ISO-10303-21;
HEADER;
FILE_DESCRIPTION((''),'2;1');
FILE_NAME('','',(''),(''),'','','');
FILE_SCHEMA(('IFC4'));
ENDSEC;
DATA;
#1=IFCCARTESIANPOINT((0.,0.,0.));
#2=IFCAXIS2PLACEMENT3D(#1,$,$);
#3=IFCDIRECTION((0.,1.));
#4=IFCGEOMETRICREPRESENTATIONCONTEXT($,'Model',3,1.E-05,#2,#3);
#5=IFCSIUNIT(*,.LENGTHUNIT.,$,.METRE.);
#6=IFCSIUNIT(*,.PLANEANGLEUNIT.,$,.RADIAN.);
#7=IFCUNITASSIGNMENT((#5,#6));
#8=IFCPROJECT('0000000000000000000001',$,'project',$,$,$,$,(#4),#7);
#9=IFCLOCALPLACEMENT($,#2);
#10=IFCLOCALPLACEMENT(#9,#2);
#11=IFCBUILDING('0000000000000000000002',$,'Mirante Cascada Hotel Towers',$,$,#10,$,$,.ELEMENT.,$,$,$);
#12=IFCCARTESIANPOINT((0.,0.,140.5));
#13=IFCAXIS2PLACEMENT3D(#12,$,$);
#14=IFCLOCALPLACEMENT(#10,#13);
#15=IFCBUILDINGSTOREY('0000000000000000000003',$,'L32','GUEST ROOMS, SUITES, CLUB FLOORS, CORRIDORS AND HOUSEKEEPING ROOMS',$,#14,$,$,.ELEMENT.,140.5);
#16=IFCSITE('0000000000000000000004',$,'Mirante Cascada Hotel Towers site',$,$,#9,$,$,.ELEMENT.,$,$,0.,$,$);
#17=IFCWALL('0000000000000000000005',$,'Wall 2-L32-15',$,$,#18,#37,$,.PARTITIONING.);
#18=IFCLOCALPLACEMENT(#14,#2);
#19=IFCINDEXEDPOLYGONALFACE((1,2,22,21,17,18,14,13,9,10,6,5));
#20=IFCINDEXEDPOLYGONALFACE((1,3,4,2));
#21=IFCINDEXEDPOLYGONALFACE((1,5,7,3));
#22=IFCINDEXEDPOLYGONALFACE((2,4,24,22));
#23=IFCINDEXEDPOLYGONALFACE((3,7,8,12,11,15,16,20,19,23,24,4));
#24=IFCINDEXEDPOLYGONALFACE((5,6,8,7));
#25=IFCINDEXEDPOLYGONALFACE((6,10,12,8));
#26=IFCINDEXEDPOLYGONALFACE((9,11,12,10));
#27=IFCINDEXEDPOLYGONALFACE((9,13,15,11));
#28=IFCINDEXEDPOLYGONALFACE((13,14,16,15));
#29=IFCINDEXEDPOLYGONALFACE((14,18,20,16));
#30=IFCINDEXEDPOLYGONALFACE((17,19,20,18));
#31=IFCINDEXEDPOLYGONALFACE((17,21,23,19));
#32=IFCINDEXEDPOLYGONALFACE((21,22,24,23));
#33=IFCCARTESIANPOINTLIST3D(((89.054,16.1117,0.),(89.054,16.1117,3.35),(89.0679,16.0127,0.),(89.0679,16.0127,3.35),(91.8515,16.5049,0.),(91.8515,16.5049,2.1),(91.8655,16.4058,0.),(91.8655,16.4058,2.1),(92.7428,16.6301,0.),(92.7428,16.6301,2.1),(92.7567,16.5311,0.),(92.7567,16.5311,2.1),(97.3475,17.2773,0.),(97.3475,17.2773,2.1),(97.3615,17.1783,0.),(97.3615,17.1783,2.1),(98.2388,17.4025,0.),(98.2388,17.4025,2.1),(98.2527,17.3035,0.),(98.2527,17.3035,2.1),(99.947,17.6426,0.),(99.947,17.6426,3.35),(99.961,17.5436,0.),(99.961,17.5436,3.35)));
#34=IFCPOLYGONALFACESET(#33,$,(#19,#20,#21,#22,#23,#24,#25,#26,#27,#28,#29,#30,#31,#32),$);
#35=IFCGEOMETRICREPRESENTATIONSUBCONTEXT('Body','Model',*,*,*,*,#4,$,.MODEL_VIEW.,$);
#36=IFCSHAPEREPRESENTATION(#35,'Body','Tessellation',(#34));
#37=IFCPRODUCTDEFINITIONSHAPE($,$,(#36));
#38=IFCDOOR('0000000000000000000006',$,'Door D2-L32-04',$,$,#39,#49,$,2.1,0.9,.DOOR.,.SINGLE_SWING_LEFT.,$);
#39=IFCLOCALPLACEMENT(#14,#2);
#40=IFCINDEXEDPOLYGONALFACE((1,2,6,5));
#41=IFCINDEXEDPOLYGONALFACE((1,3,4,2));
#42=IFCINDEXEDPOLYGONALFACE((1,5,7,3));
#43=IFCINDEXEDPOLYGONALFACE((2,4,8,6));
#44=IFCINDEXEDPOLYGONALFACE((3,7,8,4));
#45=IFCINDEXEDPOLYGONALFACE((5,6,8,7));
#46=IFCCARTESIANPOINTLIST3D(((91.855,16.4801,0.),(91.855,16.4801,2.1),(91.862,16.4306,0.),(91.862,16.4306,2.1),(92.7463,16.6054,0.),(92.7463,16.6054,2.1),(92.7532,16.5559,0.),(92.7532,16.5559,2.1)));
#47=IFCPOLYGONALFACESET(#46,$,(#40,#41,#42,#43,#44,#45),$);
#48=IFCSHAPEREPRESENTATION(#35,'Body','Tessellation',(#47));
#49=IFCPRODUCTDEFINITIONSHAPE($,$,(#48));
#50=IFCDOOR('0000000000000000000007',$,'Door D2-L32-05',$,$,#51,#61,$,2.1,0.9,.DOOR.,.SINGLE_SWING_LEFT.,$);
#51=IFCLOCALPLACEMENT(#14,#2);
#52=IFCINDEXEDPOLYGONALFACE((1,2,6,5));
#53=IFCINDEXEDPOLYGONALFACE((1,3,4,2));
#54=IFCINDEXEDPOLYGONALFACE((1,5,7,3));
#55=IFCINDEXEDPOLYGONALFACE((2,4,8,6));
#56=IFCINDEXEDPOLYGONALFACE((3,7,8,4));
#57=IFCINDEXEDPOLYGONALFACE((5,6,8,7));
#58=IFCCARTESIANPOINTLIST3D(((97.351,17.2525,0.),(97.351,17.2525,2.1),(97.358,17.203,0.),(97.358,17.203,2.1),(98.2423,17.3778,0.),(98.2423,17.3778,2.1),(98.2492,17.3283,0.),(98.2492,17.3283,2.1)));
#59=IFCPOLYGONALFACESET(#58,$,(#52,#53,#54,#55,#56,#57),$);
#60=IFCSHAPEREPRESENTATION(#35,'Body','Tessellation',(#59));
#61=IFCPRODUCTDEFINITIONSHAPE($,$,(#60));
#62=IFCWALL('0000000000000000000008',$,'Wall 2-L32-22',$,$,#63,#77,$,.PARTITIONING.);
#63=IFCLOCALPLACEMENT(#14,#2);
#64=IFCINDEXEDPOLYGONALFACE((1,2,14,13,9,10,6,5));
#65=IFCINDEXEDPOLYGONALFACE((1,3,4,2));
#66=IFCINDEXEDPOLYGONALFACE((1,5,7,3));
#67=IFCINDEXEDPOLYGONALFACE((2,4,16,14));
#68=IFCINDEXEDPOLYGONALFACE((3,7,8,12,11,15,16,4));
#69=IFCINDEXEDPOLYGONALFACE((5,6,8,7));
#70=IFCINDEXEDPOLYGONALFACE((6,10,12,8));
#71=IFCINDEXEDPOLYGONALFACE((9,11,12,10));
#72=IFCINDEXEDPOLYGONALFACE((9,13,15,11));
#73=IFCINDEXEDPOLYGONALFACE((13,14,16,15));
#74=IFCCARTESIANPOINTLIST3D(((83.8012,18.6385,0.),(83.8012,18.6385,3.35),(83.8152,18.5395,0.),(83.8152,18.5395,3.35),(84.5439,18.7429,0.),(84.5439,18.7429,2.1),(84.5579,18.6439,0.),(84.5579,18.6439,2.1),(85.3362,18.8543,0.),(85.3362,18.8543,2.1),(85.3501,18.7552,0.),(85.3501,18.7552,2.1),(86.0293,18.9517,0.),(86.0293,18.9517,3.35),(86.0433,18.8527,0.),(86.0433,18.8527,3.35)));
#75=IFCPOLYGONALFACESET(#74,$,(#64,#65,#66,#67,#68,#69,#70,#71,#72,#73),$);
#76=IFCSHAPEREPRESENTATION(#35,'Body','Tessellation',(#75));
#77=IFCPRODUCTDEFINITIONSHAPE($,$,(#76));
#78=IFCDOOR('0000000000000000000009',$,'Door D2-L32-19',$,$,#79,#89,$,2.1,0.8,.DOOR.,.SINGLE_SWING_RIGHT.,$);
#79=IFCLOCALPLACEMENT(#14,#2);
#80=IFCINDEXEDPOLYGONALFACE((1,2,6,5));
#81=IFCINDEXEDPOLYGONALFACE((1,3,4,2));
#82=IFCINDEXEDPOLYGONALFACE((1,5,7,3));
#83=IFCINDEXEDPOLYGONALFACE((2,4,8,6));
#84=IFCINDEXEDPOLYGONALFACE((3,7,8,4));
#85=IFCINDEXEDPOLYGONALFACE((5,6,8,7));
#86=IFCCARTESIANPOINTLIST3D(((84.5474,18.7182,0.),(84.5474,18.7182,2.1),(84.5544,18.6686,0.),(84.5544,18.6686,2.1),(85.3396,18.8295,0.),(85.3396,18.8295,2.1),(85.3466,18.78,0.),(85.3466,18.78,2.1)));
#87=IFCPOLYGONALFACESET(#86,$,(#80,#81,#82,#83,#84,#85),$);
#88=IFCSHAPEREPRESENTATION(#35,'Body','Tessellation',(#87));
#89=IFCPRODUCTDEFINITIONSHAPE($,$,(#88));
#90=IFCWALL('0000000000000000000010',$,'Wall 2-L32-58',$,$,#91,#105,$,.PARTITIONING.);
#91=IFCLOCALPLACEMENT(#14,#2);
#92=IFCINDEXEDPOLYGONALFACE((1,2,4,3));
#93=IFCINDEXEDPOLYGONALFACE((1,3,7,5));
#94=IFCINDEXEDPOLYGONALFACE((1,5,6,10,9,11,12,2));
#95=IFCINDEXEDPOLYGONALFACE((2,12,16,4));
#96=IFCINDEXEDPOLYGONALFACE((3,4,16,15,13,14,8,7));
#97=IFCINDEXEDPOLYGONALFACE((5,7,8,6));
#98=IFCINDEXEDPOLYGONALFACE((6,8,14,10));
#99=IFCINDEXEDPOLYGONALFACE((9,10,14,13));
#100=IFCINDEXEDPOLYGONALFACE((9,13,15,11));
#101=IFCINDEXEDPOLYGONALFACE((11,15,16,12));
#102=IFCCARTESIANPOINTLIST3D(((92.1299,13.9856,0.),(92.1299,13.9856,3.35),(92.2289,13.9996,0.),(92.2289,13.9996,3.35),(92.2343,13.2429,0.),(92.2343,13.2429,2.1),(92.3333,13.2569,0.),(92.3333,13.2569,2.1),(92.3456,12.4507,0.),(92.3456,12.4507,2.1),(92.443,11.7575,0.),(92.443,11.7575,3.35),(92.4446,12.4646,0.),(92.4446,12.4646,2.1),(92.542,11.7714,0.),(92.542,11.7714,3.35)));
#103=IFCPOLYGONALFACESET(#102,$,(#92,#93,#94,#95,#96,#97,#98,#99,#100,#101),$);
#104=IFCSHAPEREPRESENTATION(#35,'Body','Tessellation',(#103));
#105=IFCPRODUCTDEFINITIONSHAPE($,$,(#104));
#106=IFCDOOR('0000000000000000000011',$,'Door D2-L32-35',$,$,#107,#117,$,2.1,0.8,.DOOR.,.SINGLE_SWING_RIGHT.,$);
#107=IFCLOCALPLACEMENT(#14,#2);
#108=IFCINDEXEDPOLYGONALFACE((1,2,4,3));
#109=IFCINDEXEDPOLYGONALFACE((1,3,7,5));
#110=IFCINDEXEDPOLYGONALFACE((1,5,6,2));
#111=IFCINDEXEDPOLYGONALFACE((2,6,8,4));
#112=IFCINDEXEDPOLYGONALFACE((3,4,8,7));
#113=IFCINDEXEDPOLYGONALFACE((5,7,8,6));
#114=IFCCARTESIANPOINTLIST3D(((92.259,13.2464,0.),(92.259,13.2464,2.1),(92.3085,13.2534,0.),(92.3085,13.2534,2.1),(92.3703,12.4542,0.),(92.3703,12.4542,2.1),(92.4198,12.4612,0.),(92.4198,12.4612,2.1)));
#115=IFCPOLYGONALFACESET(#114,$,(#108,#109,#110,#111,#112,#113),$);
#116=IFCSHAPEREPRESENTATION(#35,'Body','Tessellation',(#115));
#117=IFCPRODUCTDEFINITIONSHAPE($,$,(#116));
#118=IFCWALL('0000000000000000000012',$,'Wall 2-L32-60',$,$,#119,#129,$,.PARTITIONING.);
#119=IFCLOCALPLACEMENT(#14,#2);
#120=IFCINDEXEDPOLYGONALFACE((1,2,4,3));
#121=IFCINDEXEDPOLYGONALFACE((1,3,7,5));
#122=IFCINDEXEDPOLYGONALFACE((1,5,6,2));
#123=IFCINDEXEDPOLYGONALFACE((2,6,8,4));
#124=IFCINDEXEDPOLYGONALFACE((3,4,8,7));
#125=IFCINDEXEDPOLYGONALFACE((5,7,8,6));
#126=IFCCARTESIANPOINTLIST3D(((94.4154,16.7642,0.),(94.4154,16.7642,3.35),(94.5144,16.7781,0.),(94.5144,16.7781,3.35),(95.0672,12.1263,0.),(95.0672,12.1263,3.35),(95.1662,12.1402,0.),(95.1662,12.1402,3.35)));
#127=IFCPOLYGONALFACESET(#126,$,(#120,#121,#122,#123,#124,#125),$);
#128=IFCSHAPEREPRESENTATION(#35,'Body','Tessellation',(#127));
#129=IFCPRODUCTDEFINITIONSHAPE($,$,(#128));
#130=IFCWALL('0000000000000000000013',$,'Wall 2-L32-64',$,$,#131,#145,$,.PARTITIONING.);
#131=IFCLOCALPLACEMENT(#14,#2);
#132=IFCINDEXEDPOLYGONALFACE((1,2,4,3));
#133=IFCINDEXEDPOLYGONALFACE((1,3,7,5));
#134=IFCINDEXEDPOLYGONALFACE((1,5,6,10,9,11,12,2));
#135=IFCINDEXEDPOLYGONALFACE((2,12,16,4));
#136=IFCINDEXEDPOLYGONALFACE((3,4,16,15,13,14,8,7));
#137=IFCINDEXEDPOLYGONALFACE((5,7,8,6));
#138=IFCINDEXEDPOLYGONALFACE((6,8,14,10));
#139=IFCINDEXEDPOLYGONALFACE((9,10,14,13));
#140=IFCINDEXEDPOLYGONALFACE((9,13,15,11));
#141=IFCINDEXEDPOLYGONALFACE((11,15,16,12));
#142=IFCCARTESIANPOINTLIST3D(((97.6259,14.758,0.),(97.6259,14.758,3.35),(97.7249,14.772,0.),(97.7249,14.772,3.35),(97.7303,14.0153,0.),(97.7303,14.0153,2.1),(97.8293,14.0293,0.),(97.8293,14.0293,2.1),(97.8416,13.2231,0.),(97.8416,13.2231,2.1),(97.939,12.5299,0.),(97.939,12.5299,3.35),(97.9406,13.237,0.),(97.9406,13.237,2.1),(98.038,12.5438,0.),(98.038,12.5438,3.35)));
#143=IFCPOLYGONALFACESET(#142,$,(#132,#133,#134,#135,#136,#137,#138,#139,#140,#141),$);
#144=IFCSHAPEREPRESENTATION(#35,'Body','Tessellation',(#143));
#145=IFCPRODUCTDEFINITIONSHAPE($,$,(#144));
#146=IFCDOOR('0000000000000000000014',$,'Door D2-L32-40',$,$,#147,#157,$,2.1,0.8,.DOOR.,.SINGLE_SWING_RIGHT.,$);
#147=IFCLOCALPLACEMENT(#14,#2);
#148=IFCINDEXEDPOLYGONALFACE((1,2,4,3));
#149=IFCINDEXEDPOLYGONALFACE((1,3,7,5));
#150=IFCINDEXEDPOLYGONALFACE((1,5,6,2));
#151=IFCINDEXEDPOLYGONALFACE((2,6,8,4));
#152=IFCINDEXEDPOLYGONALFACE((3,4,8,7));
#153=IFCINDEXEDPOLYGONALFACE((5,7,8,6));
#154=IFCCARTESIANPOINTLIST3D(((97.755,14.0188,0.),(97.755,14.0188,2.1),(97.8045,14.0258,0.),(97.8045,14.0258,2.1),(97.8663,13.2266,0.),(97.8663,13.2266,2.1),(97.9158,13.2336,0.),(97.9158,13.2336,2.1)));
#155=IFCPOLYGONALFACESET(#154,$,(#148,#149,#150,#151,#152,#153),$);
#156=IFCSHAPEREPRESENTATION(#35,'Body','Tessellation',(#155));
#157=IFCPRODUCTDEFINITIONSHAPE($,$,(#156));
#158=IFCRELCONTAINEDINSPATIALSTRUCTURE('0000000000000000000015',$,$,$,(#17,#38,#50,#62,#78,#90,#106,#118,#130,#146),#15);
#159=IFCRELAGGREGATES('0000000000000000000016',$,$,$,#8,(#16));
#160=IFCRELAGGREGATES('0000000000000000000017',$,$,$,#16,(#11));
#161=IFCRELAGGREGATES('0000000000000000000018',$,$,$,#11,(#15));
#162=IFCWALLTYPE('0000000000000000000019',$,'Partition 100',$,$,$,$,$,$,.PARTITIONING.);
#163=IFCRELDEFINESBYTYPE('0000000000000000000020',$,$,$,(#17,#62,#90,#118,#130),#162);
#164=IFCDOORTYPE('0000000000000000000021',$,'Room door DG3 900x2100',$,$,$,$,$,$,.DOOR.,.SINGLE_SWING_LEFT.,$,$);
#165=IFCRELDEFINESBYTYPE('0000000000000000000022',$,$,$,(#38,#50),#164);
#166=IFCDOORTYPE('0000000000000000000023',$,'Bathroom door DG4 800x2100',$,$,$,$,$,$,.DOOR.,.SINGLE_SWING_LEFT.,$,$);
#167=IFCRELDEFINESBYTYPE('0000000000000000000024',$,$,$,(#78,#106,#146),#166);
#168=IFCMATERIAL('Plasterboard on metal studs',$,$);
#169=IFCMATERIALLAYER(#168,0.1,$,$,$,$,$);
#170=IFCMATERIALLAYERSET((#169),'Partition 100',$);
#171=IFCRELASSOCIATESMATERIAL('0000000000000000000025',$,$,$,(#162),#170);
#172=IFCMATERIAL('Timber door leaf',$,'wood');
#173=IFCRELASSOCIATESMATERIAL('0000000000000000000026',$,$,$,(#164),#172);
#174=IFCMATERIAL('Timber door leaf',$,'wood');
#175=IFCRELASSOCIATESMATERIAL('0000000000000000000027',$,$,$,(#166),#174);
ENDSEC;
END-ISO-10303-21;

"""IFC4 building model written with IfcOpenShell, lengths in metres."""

from ifc_helpers import new_model, si_unit, direction, frame, frame_2d, origin, place, context, subcontext, project, spatial, rectangle, extrude, material, layer, layer_set, type_object, element, fill, save


model = new_model("IFC4")

# Units and contexts
model_context = context("Model", 3, precision=1e-05, world=origin(), true_north=direction((0.0, 1.0)))
body_context = subcontext(model_context, "Body", "Model", "MODEL_VIEW")
ifc_project = project(units=[si_unit("LENGTHUNIT", "METRE"), si_unit("PLANEANGLEUNIT", "RADIAN")], contexts=[model_context])

# Site, building, storey
site_placement = place(None, origin())
site = spatial("IfcSite", under=ifc_project, at=site_placement, Name="Mirante Cascada Hotel Towers site", CompositionType="ELEMENT", RefElevation=0.0)
building_placement = place(site_placement, origin())
building = spatial("IfcBuilding", under=site, at=building_placement, Name="Mirante Cascada Hotel Towers", CompositionType="ELEMENT")
storey_placement = place(building_placement, frame((0.0, 0.0, 140.5)))
storey = spatial("IfcBuildingStorey", under=building, at=storey_placement, Name="L32", Description="GUEST ROOMS, SUITES, CLUB FLOORS, CORRIDORS AND HOUSEKEEPING ROOMS", CompositionType="ELEMENT", Elevation=140.5)

# Shared definitions
ifc_material_1 = material(Name="Plasterboard on metal studs")
ifc_layer_1 = layer(ifc_material_1, 0.1)
ifc_layer_set_1 = layer_set([ifc_layer_1], Name="Partition 100")
wall_type_1 = type_object("IfcWallType", Name="Partition 100", PredefinedType="PARTITIONING", material=ifc_layer_set_1)

# Wall, openings, doors
wall_1_placement = place(storey_placement, frame((89.061, 16.0622, 0.0), z_axis=(0.0, 0.0, 1.0), x_axis=(0.990268, 0.139172, 0.0)))
wall_1 = element("IfcWall", 1, at=wall_1_placement, inside=storey, type_object=wall_type_1, Name="Wall 2-L32-15", PredefinedType="PARTITIONING", context=body_context, shape_type="SweptSolid", body=[
    extrude(rectangle(XDim=11.0001, YDim=0.1, at=frame_2d((5.5, 0.0))), origin(), (0.0, 0.0, 1.0), 3.35),
])
opening_1_placement = place(wall_1_placement, frame((2.825, 0.0, 0.0)))
opening_1 = element("IfcOpeningElement", 2, at=opening_1_placement, cuts=wall_1, PredefinedType="OPENING", context=body_context, shape_type="SweptSolid", body=[
    extrude(rectangle(XDim=0.9, YDim=2.1, at=frame_2d((0.45, 1.05))), frame((0.0, 0.05, 0.0), z_axis=(0.0, -1.0, 0.0), x_axis=(1.0, 0.0, 0.0)), (0.0, 0.0, 1.0), 0.1),
])
opening_2_placement = place(wall_1_placement, frame((8.375, 0.0, 0.0)))
opening_2 = element("IfcOpeningElement", 3, at=opening_2_placement, cuts=wall_1, PredefinedType="OPENING", context=body_context, shape_type="SweptSolid", body=[
    extrude(rectangle(XDim=0.9, YDim=2.1, at=frame_2d((0.45, 1.05))), frame((0.0, 0.05, 0.0), z_axis=(0.0, -1.0, 0.0), x_axis=(1.0, 0.0, 0.0)), (0.0, 0.0, 1.0), 0.1),
])
ifc_material_2 = material(Name="Timber door leaf", Category="wood")
door_type_1 = type_object("IfcDoorType", Name="Room door DG3 900x2100", OperationType="SINGLE_SWING_LEFT", PredefinedType="DOOR", material=ifc_material_2)
door_1_placement = place(opening_1_placement, origin())
door_1 = element("IfcDoor", 4, at=door_1_placement, inside=storey, type_object=door_type_1, Name="Door D2-L32-04", OperationType="SINGLE_SWING_LEFT", OverallHeight=2.1, OverallWidth=0.9, PredefinedType="DOOR", context=body_context, shape_type="SweptSolid", body=[
    extrude(rectangle(XDim=0.9, YDim=2.1, at=frame_2d((0.45, 1.05))), frame((0.0, 0.025, 0.0), z_axis=(0.0, -1.0, 0.0), x_axis=(1.0, 0.0, 0.0)), (0.0, 0.0, 1.0), 0.05),
])
fill(opening_1, door_1)
door_2_placement = place(opening_2_placement, origin())
door_2 = element("IfcDoor", 5, at=door_2_placement, inside=storey, type_object=door_type_1, Name="Door D2-L32-05", OperationType="SINGLE_SWING_LEFT", OverallHeight=2.1, OverallWidth=0.9, PredefinedType="DOOR", context=body_context, shape_type="SweptSolid", body=[
    extrude(rectangle(XDim=0.9, YDim=2.1, at=frame_2d((0.45, 1.05))), frame((0.0, 0.025, 0.0), z_axis=(0.0, -1.0, 0.0), x_axis=(1.0, 0.0, 0.0)), (0.0, 0.0, 1.0), 0.05),
])
fill(opening_2, door_2)

# Walls, openings, doors
wall_2_placement = place(storey_placement, frame((86.0363, 18.9022, 0.0), z_axis=(0.0, 0.0, 1.0), x_axis=(-0.990264, -0.1392, 0.0)))
wall_2 = element("IfcWall", 6, at=wall_2_placement, inside=storey, type_object=wall_type_1, Name="Wall 2-L32-22", PredefinedType="PARTITIONING", context=body_context, shape_type="SweptSolid", body=[
    extrude(rectangle(XDim=2.25, YDim=0.1, at=frame_2d((1.125, 0.0))), origin(), (0.0, 0.0, 1.0), 3.35),
])
opening_3_placement = place(wall_2_placement, frame((0.7, 0.0, 0.0)))
opening_3 = element("IfcOpeningElement", 7, at=opening_3_placement, cuts=wall_2, PredefinedType="OPENING", context=body_context, shape_type="SweptSolid", body=[
    extrude(rectangle(XDim=0.8, YDim=2.1, at=frame_2d((0.4, 1.05))), frame((0.0, 0.05, 0.0), z_axis=(0.0, -1.0, 0.0), x_axis=(1.0, 0.0, 0.0)), (0.0, 0.0, 1.0), 0.1),
])
ifc_material_3 = material(Name="Timber door leaf", Category="wood")
door_type_2 = type_object("IfcDoorType", Name="Bathroom door DG4 800x2100", OperationType="SINGLE_SWING_LEFT", PredefinedType="DOOR", material=ifc_material_3)
door_3_placement = place(opening_3_placement, frame((0.8, 0.0, 0.0), z_axis=(0.0, 0.0, 1.0), x_axis=(-1.0, 0.0, 0.0)))
door_3 = element("IfcDoor", 8, at=door_3_placement, inside=storey, type_object=door_type_2, Name="Door D2-L32-19", OperationType="SINGLE_SWING_RIGHT", OverallHeight=2.1, OverallWidth=0.8, PredefinedType="DOOR", context=body_context, shape_type="SweptSolid", body=[
    extrude(rectangle(XDim=0.8, YDim=2.1, at=frame_2d((0.4, 1.05))), frame((0.0, 0.025, 0.0), z_axis=(0.0, -1.0, 0.0), x_axis=(1.0, 0.0, 0.0)), (0.0, 0.0, 1.0), 0.05),
])
fill(opening_3, door_3)
wall_3_placement = place(storey_placement, frame((92.1794, 13.9926, 0.0), z_axis=(0.0, 0.0, 1.0), x_axis=(0.139156, -0.990271, 0.0)))
wall_3 = element("IfcWall", 9, at=wall_3_placement, inside=storey, type_object=wall_type_1, Name="Wall 2-L32-58", PredefinedType="PARTITIONING", context=body_context, shape_type="SweptSolid", body=[
    extrude(rectangle(XDim=2.25, YDim=0.1, at=frame_2d((1.125, 0.0))), origin(), (0.0, 0.0, 1.0), 3.35),
])
opening_4_placement = place(wall_3_placement, frame((0.75, 0.0, 0.0)))
opening_4 = element("IfcOpeningElement", 10, at=opening_4_placement, cuts=wall_3, PredefinedType="OPENING", context=body_context, shape_type="SweptSolid", body=[
    extrude(rectangle(XDim=0.8, YDim=2.1, at=frame_2d((0.4, 1.05))), frame((0.0, 0.05, 0.0), z_axis=(0.0, -1.0, 0.0), x_axis=(1.0, 0.0, 0.0)), (0.0, 0.0, 1.0), 0.1),
])
door_4_placement = place(opening_4_placement, frame((0.8, 0.0, 0.0), z_axis=(0.0, 0.0, 1.0), x_axis=(-1.0, 0.0, 0.0)))
door_4 = element("IfcDoor", 11, at=door_4_placement, inside=storey, type_object=door_type_2, Name="Door D2-L32-35", OperationType="SINGLE_SWING_RIGHT", OverallHeight=2.1, OverallWidth=0.8, PredefinedType="DOOR", context=body_context, shape_type="SweptSolid", body=[
    extrude(rectangle(XDim=0.8, YDim=2.1, at=frame_2d((0.4, 1.05))), frame((0.0, 0.025, 0.0), z_axis=(0.0, -1.0, 0.0), x_axis=(1.0, 0.0, 0.0)), (0.0, 0.0, 1.0), 0.05),
])
fill(opening_4, door_4)

# Wall
wall_4_placement = place(storey_placement, frame((94.4649, 16.7712, 0.0), z_axis=(0.0, 0.0, 1.0), x_axis=(0.13917, -0.990268, 0.0)))
element("IfcWall", 12, at=wall_4_placement, inside=storey, type_object=wall_type_1, Name="Wall 2-L32-60", PredefinedType="PARTITIONING", context=body_context, shape_type="SweptSolid", body=[
    extrude(rectangle(XDim=4.6835, YDim=0.1, at=frame_2d((2.3418, 0.0))), origin(), (0.0, 0.0, 1.0), 3.35),
])

# Wall, opening, door
wall_5_placement = place(storey_placement, frame((97.6754, 14.765, 0.0), z_axis=(0.0, 0.0, 1.0), x_axis=(0.139156, -0.990271, 0.0)))
wall_5 = element("IfcWall", 13, at=wall_5_placement, inside=storey, type_object=wall_type_1, Name="Wall 2-L32-64", PredefinedType="PARTITIONING", context=body_context, shape_type="SweptSolid", body=[
    extrude(rectangle(XDim=2.25, YDim=0.1, at=frame_2d((1.125, 0.0))), origin(), (0.0, 0.0, 1.0), 3.35),
])
opening_5_placement = place(wall_5_placement, frame((0.75, 0.0, 0.0)))
opening_5 = element("IfcOpeningElement", 14, at=opening_5_placement, cuts=wall_5, PredefinedType="OPENING", context=body_context, shape_type="SweptSolid", body=[
    extrude(rectangle(XDim=0.8, YDim=2.1, at=frame_2d((0.4, 1.05))), frame((0.0, 0.05, 0.0), z_axis=(0.0, -1.0, 0.0), x_axis=(1.0, 0.0, 0.0)), (0.0, 0.0, 1.0), 0.1),
])
door_5_placement = place(opening_5_placement, frame((0.8, 0.0, 0.0), z_axis=(0.0, 0.0, 1.0), x_axis=(-1.0, 0.0, 0.0)))
door_5 = element("IfcDoor", 15, at=door_5_placement, inside=storey, type_object=door_type_2, Name="Door D2-L32-40", OperationType="SINGLE_SWING_RIGHT", OverallHeight=2.1, OverallWidth=0.8, PredefinedType="DOOR", context=body_context, shape_type="SweptSolid", body=[
    extrude(rectangle(XDim=0.8, YDim=2.1, at=frame_2d((0.4, 1.05))), frame((0.0, 0.025, 0.0), z_axis=(0.0, -1.0, 0.0), x_axis=(1.0, 0.0, 0.0)), (0.0, 0.0, 1.0), 0.05),
])
fill(opening_5, door_5)

save(model, "model.ifc")
